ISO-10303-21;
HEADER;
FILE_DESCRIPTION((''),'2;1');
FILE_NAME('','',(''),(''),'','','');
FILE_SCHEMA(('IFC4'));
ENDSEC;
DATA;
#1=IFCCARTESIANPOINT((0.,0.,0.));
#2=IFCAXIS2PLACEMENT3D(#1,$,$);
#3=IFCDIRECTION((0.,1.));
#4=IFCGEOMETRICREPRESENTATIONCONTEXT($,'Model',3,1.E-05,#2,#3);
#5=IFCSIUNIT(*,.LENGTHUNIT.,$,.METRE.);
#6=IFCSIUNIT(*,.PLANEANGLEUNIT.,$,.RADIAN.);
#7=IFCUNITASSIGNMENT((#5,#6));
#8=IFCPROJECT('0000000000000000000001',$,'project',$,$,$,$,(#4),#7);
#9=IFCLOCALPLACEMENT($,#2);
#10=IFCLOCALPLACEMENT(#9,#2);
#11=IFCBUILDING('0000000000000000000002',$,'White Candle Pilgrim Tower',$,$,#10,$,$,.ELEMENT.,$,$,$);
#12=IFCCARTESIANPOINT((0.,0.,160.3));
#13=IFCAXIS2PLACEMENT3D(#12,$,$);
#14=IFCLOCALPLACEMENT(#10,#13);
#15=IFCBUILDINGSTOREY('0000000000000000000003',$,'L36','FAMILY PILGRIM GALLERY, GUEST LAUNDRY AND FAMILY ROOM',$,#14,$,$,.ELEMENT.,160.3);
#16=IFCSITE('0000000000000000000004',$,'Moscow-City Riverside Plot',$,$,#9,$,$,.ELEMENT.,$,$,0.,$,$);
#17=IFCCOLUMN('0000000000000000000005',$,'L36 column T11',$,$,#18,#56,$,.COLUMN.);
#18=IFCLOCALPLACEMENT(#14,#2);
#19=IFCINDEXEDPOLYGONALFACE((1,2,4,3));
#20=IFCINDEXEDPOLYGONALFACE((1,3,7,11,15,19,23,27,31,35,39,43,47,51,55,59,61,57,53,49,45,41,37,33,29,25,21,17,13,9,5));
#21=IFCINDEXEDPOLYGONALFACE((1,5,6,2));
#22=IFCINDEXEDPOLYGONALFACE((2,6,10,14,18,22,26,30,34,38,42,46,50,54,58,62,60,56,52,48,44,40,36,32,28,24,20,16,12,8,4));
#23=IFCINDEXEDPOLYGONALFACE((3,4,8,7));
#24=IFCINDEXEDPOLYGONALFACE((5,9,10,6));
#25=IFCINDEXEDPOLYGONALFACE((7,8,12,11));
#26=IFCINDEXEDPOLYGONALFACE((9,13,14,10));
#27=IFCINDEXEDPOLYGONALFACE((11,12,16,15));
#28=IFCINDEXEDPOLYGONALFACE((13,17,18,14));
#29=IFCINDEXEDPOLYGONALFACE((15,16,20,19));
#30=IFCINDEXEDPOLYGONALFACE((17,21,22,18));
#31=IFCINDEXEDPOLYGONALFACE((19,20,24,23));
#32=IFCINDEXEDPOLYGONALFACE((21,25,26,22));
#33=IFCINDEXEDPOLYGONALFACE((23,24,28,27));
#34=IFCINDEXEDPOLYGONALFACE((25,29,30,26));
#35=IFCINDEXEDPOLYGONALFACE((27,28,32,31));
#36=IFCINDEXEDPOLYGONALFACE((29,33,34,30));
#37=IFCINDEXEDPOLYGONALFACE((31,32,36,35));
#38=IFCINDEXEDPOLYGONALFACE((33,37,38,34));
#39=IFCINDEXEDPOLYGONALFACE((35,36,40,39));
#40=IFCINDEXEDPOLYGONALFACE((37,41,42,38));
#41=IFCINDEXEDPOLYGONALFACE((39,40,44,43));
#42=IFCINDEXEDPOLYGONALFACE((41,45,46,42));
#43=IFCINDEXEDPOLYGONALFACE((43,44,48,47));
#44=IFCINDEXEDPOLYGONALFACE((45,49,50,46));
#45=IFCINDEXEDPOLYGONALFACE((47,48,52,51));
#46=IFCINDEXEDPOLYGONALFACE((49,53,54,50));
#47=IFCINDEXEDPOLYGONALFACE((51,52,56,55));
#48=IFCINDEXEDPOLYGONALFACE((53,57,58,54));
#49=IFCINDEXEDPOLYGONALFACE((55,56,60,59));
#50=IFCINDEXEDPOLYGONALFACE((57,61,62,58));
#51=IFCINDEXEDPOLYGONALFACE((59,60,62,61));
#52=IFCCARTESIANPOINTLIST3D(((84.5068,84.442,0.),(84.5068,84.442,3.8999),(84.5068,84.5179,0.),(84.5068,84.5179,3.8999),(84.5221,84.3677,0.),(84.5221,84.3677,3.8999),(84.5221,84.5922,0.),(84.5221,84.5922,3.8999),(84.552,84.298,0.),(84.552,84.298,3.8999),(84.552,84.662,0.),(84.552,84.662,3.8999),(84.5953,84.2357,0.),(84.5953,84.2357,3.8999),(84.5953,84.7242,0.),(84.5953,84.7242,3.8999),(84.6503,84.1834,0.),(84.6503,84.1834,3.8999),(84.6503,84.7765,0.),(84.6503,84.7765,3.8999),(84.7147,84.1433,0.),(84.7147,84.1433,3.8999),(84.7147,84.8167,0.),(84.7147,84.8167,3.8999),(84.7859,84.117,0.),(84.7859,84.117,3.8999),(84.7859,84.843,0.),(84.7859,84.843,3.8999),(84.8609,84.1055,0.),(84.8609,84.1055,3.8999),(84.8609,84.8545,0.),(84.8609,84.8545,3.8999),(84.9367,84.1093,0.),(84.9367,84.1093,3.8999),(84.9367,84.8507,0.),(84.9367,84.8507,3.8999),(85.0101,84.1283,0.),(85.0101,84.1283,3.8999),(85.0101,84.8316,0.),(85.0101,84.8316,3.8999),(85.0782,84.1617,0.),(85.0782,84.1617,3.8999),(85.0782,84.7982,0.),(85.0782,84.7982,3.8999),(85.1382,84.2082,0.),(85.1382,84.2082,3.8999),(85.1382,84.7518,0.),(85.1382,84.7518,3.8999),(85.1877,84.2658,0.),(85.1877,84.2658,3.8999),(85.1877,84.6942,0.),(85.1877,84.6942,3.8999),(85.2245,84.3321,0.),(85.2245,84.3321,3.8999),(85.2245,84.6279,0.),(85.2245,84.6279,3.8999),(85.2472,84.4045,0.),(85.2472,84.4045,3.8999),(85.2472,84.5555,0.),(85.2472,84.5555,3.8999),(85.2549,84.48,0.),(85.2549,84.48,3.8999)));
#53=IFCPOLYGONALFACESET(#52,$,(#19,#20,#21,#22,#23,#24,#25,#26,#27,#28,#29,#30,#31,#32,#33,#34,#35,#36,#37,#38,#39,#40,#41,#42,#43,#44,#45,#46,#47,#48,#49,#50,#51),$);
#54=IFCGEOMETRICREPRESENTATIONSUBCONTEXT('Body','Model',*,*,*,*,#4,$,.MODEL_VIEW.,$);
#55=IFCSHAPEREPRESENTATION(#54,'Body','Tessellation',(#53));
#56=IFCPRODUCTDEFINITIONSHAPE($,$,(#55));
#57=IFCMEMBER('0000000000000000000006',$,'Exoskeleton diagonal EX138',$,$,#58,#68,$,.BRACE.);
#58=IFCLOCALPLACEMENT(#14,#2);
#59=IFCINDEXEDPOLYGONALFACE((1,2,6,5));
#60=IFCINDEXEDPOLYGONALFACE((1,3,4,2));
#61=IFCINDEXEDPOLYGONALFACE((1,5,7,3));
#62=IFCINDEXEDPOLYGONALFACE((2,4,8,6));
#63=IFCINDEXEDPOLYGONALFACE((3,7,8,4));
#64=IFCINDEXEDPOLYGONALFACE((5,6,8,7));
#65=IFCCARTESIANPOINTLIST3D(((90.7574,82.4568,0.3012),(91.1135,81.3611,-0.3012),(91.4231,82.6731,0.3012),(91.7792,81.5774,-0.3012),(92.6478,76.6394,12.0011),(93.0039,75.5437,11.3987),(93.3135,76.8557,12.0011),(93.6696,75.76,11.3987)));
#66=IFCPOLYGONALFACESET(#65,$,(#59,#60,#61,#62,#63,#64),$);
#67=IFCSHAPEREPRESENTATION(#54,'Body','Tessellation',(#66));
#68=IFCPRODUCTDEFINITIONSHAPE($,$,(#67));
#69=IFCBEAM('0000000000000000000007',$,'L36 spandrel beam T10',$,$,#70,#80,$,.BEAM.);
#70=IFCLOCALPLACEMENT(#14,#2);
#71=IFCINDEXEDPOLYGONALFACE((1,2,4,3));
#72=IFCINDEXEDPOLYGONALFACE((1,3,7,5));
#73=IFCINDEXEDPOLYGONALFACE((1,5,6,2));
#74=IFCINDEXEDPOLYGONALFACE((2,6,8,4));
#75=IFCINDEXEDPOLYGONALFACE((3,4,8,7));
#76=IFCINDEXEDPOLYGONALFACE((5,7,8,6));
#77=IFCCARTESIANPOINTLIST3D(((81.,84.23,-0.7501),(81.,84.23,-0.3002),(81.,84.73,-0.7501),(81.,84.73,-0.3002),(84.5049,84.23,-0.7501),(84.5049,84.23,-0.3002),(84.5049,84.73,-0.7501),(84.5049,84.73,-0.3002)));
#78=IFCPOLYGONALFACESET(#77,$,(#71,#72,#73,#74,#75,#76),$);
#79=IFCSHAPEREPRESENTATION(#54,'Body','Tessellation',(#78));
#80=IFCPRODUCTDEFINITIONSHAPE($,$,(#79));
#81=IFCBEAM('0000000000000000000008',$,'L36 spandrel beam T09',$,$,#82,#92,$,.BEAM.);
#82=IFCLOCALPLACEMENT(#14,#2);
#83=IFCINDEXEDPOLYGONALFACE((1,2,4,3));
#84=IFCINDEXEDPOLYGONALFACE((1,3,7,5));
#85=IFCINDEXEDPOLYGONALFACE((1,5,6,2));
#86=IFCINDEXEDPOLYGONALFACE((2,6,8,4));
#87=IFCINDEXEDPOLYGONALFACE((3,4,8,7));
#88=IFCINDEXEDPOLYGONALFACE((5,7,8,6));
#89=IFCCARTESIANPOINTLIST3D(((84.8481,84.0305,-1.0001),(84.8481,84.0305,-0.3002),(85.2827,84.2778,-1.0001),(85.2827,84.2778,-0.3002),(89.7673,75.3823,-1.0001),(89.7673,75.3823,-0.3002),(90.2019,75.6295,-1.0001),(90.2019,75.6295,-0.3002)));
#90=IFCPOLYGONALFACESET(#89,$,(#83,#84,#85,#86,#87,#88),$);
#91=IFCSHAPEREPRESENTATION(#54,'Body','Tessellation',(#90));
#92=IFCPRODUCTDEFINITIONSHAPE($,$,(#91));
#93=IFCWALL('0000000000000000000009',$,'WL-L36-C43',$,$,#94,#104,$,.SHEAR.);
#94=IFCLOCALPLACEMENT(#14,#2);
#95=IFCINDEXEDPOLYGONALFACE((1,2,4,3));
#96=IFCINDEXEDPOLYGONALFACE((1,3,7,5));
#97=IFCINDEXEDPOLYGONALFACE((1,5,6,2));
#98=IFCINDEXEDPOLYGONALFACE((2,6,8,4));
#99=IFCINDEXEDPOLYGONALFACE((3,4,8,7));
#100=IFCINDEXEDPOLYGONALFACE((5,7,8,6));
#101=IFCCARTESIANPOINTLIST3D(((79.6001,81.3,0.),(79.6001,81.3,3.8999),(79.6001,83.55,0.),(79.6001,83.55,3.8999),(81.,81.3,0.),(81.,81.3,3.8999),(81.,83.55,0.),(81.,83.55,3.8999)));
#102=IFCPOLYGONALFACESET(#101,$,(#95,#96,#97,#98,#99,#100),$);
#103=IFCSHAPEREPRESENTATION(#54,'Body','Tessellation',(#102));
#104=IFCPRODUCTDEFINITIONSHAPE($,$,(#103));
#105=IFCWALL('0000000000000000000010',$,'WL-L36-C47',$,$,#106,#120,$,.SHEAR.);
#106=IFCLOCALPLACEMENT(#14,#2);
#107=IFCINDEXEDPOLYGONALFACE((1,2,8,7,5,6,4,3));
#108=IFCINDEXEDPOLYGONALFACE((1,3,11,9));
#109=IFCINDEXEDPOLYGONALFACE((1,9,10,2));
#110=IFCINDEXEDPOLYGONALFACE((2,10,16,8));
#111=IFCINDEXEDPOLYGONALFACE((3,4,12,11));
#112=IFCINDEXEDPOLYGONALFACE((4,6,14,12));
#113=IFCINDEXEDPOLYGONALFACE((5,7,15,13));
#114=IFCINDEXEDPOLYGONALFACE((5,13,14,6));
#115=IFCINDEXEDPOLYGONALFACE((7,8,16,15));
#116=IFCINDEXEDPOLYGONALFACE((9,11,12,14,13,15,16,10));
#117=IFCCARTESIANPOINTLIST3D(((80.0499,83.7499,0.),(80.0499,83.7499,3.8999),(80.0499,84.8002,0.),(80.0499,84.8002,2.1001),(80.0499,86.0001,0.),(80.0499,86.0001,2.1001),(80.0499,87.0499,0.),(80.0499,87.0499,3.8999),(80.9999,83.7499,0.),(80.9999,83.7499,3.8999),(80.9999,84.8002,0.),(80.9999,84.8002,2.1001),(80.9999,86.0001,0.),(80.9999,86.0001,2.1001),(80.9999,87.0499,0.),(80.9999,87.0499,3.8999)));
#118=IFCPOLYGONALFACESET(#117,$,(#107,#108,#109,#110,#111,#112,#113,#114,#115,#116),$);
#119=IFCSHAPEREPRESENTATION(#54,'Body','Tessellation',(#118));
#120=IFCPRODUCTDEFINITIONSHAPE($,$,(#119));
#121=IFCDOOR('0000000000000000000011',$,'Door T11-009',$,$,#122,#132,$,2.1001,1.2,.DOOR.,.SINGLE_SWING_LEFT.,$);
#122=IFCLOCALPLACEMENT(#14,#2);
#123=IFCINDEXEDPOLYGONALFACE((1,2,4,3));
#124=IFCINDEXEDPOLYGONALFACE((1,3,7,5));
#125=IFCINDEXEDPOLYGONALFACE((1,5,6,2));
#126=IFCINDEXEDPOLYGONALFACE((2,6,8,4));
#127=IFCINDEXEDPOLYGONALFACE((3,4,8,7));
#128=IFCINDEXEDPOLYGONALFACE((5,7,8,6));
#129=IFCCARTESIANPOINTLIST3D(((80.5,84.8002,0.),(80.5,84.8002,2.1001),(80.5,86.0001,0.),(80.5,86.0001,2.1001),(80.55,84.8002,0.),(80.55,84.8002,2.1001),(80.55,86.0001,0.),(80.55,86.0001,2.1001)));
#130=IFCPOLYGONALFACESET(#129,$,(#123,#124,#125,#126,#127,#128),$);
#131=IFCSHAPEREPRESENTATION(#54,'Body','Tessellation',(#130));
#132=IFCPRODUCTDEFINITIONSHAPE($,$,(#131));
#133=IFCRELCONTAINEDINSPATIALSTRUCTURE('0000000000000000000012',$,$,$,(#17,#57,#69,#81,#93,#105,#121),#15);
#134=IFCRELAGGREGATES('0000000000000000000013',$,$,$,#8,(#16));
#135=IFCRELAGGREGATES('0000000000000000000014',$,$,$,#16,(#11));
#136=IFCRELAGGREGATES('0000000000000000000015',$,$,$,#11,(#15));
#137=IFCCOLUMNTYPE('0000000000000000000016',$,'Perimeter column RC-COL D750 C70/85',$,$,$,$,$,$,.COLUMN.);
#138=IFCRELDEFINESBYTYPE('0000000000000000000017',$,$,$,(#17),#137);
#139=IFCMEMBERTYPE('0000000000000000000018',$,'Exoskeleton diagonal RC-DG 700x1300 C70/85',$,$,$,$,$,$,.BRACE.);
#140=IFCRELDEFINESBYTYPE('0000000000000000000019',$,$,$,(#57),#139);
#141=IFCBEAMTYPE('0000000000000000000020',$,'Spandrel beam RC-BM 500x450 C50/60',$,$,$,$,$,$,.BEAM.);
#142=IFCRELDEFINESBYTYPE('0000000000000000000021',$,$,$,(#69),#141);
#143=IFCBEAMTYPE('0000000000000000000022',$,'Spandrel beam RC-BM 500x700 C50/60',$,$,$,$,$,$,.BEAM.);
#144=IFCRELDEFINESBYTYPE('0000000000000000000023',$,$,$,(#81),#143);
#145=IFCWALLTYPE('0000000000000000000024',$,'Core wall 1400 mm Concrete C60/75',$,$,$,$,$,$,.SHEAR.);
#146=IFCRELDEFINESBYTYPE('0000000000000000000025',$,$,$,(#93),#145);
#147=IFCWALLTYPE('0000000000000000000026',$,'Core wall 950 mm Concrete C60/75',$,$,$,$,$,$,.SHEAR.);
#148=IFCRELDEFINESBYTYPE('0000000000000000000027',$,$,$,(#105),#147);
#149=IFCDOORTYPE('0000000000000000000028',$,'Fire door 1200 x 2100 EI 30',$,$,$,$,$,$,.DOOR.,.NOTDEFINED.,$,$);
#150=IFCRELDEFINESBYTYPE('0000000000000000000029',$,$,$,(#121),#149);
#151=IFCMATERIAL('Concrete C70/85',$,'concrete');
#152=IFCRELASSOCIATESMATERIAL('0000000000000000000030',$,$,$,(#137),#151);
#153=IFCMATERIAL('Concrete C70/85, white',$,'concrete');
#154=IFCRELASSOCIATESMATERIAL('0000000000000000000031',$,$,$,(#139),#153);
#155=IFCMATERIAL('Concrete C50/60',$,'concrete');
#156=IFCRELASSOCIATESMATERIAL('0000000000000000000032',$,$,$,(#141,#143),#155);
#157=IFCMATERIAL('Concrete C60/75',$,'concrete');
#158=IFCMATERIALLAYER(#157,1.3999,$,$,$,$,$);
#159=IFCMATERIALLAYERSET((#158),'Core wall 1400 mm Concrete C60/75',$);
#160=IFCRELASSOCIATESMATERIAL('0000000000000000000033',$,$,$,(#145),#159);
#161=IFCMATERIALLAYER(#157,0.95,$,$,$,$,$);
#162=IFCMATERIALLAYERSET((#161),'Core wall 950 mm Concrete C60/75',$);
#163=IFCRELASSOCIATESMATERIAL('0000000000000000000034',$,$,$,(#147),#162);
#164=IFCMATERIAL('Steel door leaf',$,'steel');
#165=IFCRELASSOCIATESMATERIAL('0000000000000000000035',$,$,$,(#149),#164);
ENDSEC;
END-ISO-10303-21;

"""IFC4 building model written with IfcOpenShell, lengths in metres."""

from ifc_helpers import new_model, si_unit, direction, frame, frame_2d, origin, origin_2d, place, context, subcontext, project, spatial, rectangle, circle, extrude, material, layer, layer_set, material_profile, profile_set, type_object, element, fill, save


model = new_model("IFC4")

# Units and contexts
model_context = context("Model", 3, precision=1e-05, world=origin(), true_north=direction((0.0, 1.0)))
body_context = subcontext(model_context, "Body", "Model", "MODEL_VIEW")
ifc_project = project(units=[si_unit("LENGTHUNIT", "METRE"), si_unit("PLANEANGLEUNIT", "RADIAN")], contexts=[model_context])

# Site, building, storey
site_placement = place(None, origin())
site = spatial("IfcSite", under=ifc_project, at=site_placement, Name="Moscow-City Riverside Plot", CompositionType="ELEMENT", RefElevation=0.0)
building_placement = place(site_placement, origin())
building = spatial("IfcBuilding", under=site, at=building_placement, Name="White Candle Pilgrim Tower", CompositionType="ELEMENT")
storey_placement = place(building_placement, frame((0.0, 0.0, 160.3)))
storey = spatial("IfcBuildingStorey", under=building, at=storey_placement, Name="L36", Description="FAMILY PILGRIM GALLERY, GUEST LAUNDRY AND FAMILY ROOM", CompositionType="ELEMENT", Elevation=160.3)

# Column
ifc_material_1 = material(Name="Concrete C70/85", Category="concrete")
ifc_material_profile_1 = material_profile(ifc_material_1, circle(Radius=0.375, at=origin_2d()), Name="RC-COL D750")
ifc_profile_set_1 = profile_set([ifc_material_profile_1], Name="Concrete C70/85")
column_type = type_object("IfcColumnType", Name="Perimeter column RC-COL D750 C70/85", PredefinedType="COLUMN", material=ifc_profile_set_1)
column_placement = place(storey_placement, frame((84.8799, 84.48, 0.0), z_axis=(0.0, 0.0, 1.0), x_axis=(1.0, 0.0, 0.0)))
element("IfcColumn", 1, at=column_placement, inside=storey, type_object=column_type, Name="L36 column T11", PredefinedType="COLUMN", context=body_context, shape_type="SweptSolid", body=[
    extrude(circle(Radius=0.375, at=origin_2d()), origin(), (0.0, 0.0, 1.0), 3.8999),
])

# Member
ifc_material_2 = material(Name="Concrete C70/85, white", Category="concrete")
ifc_material_profile_2 = material_profile(ifc_material_2, rectangle(XDim=0.7, YDim=1.3, at=origin_2d()), Name="RC-DG 700x1300")
ifc_profile_set_2 = profile_set([ifc_material_profile_2], Name="Concrete C70/85, white")
member_type = type_object("IfcMemberType", Name="Exoskeleton diagonal RC-DG 700x1300 C70/85", PredefinedType="BRACE", material=ifc_profile_set_2)
member_placement = place(storey_placement, frame((91.2683, 82.0171, 0.0), z_axis=(0.143184, -0.440629, 0.886196), x_axis=(0.951047, 0.309046, 0.0)))
element("IfcMember", 2, at=member_placement, inside=storey, type_object=member_type, Name="Exoskeleton diagonal EX138", PredefinedType="BRACE", context=body_context, shape_type="SweptSolid", body=[
    extrude(rectangle(XDim=0.7, YDim=1.3, at=origin_2d()), origin(), (0.0, 0.0, 1.0), 13.2024),
])

# Beams
ifc_material_3 = material(Name="Concrete C50/60", Category="concrete")
ifc_material_profile_3 = material_profile(ifc_material_3, rectangle(XDim=0.5, YDim=0.45, at=origin_2d()), Name="RC-BM 500x450")
ifc_profile_set_3 = profile_set([ifc_material_profile_3], Name="Concrete C50/60")
beam_type_1 = type_object("IfcBeamType", Name="Spandrel beam RC-BM 500x450 C50/60", PredefinedType="BEAM", material=ifc_profile_set_3)
beam_1_placement = place(storey_placement, frame((84.5049, 84.48, -0.5251), z_axis=(-1.0, 0.0, 0.0), x_axis=(0.0, -1.0, 0.0)))
element("IfcBeam", 3, at=beam_1_placement, inside=storey, type_object=beam_type_1, Name="L36 spandrel beam T10", PredefinedType="BEAM", context=body_context, shape_type="SweptSolid", body=[
    extrude(rectangle(XDim=0.5, YDim=0.45, at=origin_2d()), origin(), (0.0, 0.0, 1.0), 3.5049),
])
ifc_material_profile_4 = material_profile(ifc_material_3, rectangle(XDim=0.5, YDim=0.7, at=origin_2d()), Name="RC-BM 500x700")
ifc_profile_set_4 = profile_set([ifc_material_profile_4], Name="Concrete C50/60")
beam_type_2 = type_object("IfcBeamType", Name="Spandrel beam RC-BM 500x700 C50/60", PredefinedType="BEAM", material=ifc_profile_set_4)
beam_2_placement = place(storey_placement, frame((89.9846, 75.5059, -0.6501), z_axis=(-0.494423, 0.869221, 0.0), x_axis=(-0.869221, -0.494423, 0.0)))
element("IfcBeam", 4, at=beam_2_placement, inside=storey, type_object=beam_type_2, Name="L36 spandrel beam T09", PredefinedType="BEAM", context=body_context, shape_type="SweptSolid", body=[
    extrude(rectangle(XDim=0.5, YDim=0.7, at=origin_2d()), origin(), (0.0, 0.0, 1.0), 9.9495),
])

# Wall
ifc_material_4 = material(Name="Concrete C60/75", Category="concrete")
ifc_layer_1 = layer(ifc_material_4, 1.3999)
ifc_layer_set_1 = layer_set([ifc_layer_1], Name="Core wall 1400 mm Concrete C60/75")
wall_type_1 = type_object("IfcWallType", Name="Core wall 1400 mm Concrete C60/75", PredefinedType="SHEAR", material=ifc_layer_set_1)
wall_1_placement = place(storey_placement, frame((80.3, 81.3, 0.0), z_axis=(0.0, 0.0, 1.0), x_axis=(0.0, 1.0, 0.0)))
element("IfcWall", 5, at=wall_1_placement, inside=storey, type_object=wall_type_1, Name="WL-L36-C43", PredefinedType="SHEAR", context=body_context, shape_type="SweptSolid", body=[
    extrude(rectangle(XDim=2.25, YDim=1.3999, at=frame_2d((1.125, 0.0))), origin(), (0.0, 0.0, 1.0), 3.8999),
])

# Wall, opening, door
ifc_layer_2 = layer(ifc_material_4, 0.95)
ifc_layer_set_2 = layer_set([ifc_layer_2], Name="Core wall 950 mm Concrete C60/75")
wall_type_2 = type_object("IfcWallType", Name="Core wall 950 mm Concrete C60/75", PredefinedType="SHEAR", material=ifc_layer_set_2)
wall_2_placement = place(storey_placement, frame((80.5249, 83.75, 0.0), z_axis=(0.0, 0.0, 1.0), x_axis=(0.0, 1.0, 0.0)))
wall_2 = element("IfcWall", 6, at=wall_2_placement, inside=storey, type_object=wall_type_2, Name="WL-L36-C47", PredefinedType="SHEAR", context=body_context, shape_type="SweptSolid", body=[
    extrude(rectangle(XDim=3.3, YDim=0.95, at=frame_2d((1.6499, 0.0))), origin(), (0.0, 0.0, 1.0), 3.8999),
])
opening_1_placement = place(wall_2_placement, frame((1.05, 0.0, 0.0)))
opening_1 = element("IfcOpeningElement", 7, at=opening_1_placement, cuts=wall_2, PredefinedType="OPENING", context=body_context, shape_type="SweptSolid", body=[
    extrude(rectangle(XDim=1.2, YDim=2.1001, at=frame_2d((0.6001, 1.05))), frame((0.0, 0.4849, 0.0), z_axis=(0.0, -1.0, 0.0), x_axis=(1.0, 0.0, 0.0)), (0.0, 0.0, 1.0), 0.97),
])
ifc_material_5 = material(Name="Steel door leaf", Category="steel")
door_type_1 = type_object("IfcDoorType", Name="Fire door 1200 x 2100 EI 30", OperationType="NOTDEFINED", PredefinedType="DOOR", material=ifc_material_5)
door_1_placement = place(opening_1_placement, origin())
door_1 = element("IfcDoor", 8, at=door_1_placement, inside=storey, type_object=door_type_1, Name="Door T11-009", OperationType="SINGLE_SWING_LEFT", OverallHeight=2.1001, OverallWidth=1.2, PredefinedType="DOOR", context=body_context, shape_type="SweptSolid", body=[
    extrude(rectangle(XDim=1.2, YDim=2.1001, at=frame_2d((0.6001, 1.05))), frame((0.0, 0.0249, 0.0), z_axis=(0.0, -1.0, 0.0), x_axis=(1.0, 0.0, 0.0)), (0.0, 0.0, 1.0), 0.05),
])
fill(opening_1, door_1)

save(model, "model.ifc")
